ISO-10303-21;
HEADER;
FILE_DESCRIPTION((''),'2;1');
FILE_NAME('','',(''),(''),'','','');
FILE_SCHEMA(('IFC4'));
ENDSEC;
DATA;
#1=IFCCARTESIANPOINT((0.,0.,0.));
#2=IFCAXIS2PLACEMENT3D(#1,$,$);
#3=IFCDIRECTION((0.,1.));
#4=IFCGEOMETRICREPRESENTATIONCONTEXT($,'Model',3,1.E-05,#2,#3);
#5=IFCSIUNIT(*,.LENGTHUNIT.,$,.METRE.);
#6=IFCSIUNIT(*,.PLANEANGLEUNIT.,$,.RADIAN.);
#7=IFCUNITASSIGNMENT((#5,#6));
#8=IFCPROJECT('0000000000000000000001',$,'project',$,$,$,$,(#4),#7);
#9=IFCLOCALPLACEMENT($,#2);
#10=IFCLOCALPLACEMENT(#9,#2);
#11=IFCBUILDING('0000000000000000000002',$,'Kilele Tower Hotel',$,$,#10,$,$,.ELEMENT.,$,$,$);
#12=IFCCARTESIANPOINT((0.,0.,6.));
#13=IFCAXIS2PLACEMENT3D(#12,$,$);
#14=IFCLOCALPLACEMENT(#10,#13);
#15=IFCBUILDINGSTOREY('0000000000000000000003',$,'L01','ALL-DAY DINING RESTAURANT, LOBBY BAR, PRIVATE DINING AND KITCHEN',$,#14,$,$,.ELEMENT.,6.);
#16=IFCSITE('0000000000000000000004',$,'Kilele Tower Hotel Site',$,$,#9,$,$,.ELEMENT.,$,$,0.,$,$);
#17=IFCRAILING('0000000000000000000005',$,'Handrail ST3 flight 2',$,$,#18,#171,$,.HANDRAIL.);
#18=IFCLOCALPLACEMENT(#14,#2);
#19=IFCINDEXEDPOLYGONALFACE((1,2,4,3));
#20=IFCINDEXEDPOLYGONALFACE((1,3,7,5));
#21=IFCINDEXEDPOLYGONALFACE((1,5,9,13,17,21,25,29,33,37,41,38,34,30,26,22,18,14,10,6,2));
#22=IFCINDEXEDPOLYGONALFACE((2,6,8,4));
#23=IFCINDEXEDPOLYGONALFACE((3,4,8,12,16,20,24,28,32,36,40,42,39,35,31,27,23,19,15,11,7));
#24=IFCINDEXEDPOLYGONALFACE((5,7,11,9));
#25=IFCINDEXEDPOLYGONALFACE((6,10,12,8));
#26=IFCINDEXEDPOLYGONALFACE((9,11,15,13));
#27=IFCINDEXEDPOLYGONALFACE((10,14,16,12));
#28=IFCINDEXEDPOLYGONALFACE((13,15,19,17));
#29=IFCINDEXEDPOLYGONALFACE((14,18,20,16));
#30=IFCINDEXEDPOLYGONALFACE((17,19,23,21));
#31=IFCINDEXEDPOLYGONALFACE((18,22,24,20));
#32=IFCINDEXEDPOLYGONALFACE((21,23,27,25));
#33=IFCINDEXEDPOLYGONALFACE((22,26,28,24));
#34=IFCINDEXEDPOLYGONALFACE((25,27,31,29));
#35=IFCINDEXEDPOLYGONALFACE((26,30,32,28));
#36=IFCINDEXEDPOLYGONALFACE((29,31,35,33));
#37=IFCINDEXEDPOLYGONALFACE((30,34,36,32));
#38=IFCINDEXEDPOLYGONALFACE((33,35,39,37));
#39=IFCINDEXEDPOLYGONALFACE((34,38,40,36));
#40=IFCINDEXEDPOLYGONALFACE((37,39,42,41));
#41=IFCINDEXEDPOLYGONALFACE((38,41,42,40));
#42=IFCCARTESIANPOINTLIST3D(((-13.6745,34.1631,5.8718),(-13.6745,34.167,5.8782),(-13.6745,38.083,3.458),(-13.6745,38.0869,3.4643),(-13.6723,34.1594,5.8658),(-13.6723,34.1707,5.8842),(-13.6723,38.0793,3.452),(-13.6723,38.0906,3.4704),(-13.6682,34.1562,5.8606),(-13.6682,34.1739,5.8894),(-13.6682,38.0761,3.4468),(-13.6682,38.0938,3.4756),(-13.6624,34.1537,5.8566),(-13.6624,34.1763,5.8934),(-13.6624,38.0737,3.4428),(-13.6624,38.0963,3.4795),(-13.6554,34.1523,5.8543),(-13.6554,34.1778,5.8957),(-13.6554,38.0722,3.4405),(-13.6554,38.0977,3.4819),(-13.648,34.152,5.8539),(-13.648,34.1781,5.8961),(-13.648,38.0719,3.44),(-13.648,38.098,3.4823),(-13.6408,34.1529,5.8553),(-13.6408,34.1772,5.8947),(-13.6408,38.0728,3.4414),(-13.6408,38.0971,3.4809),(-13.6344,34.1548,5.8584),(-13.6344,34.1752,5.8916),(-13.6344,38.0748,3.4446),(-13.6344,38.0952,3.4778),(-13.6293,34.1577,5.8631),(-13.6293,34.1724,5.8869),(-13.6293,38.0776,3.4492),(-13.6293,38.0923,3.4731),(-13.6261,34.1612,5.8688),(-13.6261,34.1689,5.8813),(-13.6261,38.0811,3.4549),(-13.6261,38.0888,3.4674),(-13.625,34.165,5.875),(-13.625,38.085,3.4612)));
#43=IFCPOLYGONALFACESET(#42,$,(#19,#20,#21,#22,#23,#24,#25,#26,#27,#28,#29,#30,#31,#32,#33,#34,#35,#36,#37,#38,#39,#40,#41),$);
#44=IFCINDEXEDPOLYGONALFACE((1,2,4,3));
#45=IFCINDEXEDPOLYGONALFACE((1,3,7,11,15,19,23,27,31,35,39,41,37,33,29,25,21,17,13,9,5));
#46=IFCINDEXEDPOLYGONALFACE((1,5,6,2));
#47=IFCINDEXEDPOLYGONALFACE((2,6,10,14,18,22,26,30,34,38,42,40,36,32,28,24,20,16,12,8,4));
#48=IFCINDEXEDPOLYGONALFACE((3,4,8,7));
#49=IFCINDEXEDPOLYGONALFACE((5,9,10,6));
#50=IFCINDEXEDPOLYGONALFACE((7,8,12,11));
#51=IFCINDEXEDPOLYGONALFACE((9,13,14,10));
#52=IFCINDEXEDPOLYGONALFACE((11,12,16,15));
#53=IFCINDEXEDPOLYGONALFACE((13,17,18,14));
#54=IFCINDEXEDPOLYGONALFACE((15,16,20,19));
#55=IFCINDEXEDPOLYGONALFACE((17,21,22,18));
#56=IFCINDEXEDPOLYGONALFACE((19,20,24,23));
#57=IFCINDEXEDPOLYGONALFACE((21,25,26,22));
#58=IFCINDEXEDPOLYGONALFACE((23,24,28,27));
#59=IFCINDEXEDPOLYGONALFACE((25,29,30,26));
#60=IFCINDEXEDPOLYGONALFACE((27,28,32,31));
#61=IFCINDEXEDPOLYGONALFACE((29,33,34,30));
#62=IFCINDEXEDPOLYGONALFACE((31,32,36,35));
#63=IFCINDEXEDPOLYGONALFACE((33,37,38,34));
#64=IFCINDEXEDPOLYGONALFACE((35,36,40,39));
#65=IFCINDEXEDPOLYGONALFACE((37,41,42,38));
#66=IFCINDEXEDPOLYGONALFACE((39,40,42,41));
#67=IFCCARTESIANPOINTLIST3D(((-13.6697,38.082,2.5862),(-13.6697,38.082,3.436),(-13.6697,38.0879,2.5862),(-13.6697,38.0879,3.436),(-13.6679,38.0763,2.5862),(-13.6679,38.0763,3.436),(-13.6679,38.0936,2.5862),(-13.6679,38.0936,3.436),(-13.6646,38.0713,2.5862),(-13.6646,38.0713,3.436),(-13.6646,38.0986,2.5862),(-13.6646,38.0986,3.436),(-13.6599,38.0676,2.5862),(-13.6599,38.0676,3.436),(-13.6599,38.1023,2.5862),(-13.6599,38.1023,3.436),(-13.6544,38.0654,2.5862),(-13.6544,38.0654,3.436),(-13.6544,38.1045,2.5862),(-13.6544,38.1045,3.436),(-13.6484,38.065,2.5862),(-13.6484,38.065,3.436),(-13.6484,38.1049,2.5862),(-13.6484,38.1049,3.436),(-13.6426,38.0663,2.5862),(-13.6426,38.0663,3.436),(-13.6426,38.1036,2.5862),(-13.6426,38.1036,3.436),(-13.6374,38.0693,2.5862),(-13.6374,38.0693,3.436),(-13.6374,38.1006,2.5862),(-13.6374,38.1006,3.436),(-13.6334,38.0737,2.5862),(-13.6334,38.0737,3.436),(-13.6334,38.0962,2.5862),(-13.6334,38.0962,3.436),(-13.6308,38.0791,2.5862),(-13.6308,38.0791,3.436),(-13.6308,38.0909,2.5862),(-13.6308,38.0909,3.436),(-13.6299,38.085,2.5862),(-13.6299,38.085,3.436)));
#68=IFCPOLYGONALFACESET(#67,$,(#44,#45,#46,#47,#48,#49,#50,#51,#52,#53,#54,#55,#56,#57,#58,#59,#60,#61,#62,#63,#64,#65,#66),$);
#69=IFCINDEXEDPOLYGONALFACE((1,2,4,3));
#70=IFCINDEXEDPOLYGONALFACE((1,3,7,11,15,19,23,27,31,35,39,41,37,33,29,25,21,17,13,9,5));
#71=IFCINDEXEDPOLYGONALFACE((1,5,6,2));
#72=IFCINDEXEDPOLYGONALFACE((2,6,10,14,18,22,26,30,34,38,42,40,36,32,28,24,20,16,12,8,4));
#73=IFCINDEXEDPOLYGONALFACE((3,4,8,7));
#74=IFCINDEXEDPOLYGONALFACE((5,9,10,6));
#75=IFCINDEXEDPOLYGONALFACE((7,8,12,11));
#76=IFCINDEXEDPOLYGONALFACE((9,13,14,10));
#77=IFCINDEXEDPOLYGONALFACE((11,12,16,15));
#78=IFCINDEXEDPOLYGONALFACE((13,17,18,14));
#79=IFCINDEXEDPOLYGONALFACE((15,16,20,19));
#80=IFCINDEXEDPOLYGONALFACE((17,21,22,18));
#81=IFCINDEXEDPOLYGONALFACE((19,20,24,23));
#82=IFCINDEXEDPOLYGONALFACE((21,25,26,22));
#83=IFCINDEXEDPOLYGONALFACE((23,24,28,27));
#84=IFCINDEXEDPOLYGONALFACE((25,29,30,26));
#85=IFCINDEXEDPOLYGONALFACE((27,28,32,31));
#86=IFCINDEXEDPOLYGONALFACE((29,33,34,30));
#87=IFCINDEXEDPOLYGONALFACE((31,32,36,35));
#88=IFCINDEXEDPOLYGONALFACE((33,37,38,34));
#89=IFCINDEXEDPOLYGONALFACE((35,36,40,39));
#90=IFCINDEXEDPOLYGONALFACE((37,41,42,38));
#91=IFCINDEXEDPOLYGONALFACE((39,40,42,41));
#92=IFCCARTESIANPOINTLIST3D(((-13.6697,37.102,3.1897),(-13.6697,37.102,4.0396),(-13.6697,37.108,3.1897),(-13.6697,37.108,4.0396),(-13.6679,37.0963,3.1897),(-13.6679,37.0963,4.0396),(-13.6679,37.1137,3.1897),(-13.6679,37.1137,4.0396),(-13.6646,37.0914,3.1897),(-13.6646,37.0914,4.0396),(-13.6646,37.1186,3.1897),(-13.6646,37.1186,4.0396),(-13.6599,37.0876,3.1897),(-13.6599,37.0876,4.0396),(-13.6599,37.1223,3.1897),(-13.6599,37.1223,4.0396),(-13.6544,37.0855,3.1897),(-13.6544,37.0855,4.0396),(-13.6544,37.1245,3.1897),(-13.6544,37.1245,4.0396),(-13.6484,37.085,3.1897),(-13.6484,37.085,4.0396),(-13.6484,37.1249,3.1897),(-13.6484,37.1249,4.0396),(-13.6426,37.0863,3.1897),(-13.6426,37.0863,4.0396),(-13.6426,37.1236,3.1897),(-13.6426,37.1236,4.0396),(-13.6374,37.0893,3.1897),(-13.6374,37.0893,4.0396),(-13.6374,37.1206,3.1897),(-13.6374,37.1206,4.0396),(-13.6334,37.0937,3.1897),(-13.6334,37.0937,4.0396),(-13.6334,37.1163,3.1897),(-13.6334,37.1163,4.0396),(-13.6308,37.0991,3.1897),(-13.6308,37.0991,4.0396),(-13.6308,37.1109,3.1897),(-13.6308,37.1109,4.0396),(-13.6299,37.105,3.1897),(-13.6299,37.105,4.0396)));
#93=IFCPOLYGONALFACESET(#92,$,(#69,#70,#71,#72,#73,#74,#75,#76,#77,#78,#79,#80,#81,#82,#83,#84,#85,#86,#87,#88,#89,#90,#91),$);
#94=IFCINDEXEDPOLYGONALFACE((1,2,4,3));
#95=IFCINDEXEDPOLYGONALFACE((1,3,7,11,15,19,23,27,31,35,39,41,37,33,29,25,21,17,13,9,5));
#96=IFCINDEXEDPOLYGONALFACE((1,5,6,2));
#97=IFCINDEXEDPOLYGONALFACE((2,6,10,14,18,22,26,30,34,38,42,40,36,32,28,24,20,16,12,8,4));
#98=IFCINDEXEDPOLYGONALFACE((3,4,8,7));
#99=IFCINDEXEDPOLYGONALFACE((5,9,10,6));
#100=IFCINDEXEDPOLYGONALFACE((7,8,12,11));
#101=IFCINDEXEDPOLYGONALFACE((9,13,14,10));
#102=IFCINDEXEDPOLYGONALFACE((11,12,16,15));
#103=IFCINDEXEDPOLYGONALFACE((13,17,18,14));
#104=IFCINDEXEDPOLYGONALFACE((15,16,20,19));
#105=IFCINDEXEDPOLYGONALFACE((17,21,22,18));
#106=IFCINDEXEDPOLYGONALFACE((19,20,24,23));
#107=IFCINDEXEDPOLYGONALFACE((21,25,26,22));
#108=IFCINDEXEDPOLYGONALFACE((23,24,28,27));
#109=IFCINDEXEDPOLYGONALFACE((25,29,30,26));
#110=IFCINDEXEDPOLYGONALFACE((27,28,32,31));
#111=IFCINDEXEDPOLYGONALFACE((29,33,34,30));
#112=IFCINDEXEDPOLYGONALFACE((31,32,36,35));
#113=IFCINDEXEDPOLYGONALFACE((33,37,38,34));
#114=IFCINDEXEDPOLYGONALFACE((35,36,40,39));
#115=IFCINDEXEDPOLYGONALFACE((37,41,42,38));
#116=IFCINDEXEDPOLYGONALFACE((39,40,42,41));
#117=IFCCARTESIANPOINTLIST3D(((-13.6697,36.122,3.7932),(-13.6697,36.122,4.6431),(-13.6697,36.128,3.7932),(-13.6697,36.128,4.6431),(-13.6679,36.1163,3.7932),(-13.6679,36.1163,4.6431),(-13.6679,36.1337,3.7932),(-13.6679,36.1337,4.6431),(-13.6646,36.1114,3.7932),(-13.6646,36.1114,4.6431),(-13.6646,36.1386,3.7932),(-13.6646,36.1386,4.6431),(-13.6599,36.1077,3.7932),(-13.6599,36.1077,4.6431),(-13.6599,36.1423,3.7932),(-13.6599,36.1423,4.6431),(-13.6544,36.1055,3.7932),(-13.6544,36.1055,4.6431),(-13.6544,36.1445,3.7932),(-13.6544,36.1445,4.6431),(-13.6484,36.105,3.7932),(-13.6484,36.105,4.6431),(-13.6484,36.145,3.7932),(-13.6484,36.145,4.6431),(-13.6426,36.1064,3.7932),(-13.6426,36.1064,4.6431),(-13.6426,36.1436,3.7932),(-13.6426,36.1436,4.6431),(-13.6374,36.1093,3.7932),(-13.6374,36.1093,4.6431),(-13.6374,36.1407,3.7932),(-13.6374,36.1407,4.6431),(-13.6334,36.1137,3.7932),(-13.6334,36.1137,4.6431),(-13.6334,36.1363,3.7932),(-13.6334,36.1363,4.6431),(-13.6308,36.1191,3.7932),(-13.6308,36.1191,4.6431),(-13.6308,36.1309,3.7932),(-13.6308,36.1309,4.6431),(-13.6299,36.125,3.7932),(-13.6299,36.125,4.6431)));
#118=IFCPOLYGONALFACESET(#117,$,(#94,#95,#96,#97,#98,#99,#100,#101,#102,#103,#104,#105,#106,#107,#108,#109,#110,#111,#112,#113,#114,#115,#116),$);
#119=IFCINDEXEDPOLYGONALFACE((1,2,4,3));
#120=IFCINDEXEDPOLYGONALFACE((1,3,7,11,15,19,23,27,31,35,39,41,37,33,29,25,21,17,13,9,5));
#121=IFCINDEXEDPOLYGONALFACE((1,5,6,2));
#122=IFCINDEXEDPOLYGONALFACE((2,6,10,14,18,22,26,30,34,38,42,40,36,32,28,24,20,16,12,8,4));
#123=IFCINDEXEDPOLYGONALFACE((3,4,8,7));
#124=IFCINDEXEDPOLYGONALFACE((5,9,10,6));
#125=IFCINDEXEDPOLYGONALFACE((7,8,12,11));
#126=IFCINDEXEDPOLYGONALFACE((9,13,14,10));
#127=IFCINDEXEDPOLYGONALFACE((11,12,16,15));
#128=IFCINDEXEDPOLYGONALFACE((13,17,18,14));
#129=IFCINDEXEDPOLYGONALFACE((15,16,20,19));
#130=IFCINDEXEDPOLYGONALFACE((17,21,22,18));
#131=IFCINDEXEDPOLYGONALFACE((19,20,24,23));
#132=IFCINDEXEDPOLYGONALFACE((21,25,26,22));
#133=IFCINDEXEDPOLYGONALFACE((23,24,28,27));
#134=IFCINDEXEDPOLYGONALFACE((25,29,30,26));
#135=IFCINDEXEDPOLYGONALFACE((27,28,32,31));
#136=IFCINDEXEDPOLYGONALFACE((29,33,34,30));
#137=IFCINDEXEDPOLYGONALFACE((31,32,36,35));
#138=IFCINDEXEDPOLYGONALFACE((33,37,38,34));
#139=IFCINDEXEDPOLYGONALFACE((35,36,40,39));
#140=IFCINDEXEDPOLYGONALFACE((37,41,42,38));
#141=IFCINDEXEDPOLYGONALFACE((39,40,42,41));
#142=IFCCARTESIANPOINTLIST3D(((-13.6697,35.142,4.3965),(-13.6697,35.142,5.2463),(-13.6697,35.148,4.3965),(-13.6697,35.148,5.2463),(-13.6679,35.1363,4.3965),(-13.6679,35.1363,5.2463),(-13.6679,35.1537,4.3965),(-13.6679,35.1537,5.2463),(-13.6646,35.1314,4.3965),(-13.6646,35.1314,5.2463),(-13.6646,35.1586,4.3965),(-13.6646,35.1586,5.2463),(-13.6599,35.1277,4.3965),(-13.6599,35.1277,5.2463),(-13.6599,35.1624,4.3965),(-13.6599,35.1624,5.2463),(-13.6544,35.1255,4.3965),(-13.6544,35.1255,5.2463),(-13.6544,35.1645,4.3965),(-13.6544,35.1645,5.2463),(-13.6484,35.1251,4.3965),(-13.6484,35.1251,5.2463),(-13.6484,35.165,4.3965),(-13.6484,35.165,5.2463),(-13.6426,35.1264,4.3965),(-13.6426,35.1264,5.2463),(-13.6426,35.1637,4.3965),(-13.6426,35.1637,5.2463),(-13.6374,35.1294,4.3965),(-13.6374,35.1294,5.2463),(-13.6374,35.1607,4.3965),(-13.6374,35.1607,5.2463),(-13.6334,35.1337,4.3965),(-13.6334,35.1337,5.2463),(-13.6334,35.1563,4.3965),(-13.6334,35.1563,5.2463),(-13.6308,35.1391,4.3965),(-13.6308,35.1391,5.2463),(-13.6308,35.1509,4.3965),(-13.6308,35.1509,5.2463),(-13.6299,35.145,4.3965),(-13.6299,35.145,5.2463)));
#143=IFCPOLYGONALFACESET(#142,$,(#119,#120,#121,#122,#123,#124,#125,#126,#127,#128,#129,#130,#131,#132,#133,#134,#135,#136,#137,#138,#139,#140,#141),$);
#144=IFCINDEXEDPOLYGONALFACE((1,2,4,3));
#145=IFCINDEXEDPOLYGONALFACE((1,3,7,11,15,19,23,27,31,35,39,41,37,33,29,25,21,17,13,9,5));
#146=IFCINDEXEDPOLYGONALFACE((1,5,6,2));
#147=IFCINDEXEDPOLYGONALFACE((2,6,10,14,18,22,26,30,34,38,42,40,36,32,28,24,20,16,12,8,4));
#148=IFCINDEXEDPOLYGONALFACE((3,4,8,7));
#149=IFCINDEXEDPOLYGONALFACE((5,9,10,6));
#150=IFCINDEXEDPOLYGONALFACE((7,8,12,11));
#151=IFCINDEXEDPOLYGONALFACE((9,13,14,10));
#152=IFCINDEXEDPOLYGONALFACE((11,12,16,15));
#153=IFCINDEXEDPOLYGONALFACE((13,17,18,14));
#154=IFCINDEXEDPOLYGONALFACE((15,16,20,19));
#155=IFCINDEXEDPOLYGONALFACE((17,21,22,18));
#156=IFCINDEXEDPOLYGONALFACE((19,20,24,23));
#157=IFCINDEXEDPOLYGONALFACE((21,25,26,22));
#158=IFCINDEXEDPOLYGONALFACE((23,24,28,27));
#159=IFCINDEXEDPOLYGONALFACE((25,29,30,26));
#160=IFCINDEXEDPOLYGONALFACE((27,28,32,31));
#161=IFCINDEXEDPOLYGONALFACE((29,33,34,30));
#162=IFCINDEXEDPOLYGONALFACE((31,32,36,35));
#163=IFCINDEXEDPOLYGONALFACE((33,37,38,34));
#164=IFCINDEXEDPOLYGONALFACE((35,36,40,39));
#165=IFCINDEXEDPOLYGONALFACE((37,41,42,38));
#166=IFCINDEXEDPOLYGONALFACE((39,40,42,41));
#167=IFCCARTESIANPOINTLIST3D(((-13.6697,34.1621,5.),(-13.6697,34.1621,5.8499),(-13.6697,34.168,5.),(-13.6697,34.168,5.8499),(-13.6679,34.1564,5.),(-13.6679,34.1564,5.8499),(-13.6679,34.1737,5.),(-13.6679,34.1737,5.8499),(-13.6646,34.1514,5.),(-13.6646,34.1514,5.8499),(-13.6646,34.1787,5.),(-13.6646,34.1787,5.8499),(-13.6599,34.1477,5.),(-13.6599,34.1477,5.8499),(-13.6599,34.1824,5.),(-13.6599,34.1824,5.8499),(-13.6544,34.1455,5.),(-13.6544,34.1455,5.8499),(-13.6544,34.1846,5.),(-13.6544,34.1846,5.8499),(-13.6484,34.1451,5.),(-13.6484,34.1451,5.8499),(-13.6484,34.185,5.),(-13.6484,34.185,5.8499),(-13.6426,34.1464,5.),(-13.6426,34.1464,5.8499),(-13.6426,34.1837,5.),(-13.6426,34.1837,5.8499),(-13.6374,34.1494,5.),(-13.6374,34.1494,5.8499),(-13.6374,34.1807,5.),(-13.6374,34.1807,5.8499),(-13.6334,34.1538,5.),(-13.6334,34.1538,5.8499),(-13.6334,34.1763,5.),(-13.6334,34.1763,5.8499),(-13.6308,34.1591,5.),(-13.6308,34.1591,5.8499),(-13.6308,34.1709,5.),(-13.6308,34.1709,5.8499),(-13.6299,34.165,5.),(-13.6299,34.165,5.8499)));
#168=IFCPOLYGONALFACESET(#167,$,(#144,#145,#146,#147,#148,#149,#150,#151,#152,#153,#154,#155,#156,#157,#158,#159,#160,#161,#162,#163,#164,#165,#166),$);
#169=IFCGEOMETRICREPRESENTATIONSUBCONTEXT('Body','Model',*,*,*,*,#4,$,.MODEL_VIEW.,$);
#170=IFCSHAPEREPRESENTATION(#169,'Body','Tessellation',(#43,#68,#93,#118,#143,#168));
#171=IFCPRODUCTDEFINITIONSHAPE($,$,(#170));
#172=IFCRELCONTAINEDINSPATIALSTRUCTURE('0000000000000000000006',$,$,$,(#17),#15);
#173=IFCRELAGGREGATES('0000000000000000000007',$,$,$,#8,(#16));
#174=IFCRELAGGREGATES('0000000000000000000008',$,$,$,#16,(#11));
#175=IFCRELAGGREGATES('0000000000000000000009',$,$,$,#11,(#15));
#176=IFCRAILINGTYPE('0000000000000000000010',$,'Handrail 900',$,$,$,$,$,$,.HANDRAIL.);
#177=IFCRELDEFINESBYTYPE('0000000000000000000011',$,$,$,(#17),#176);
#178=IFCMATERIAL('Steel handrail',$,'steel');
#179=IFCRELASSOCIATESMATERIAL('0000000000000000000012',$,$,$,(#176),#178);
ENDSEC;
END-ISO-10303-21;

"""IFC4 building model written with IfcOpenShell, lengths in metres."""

from ifc_helpers import new_model, si_unit, direction, frame, origin, origin_2d, place, context, subcontext, project, spatial, circle, extrude, material, type_object, element, save


model = new_model("IFC4")

# Units and contexts
model_context = context("Model", 3, precision=1e-05, world=origin(), true_north=direction((0.0, 1.0)))
body_context = subcontext(model_context, "Body", "Model", "MODEL_VIEW")
ifc_project = project(units=[si_unit("LENGTHUNIT", "METRE"), si_unit("PLANEANGLEUNIT", "RADIAN")], contexts=[model_context])

# Site, building, storey
site_placement = place(None, origin())
site = spatial("IfcSite", under=ifc_project, at=site_placement, Name="Kilele Tower Hotel Site", CompositionType="ELEMENT", RefElevation=0.0)
building_placement = place(site_placement, origin())
building = spatial("IfcBuilding", under=site, at=building_placement, Name="Kilele Tower Hotel", CompositionType="ELEMENT")
storey_placement = place(building_placement, frame((0.0, 0.0, 6.0)))
storey = spatial("IfcBuildingStorey", under=building, at=storey_placement, Name="L01", Description="ALL-DAY DINING RESTAURANT, LOBBY BAR, PRIVATE DINING AND KITCHEN", CompositionType="ELEMENT", Elevation=6.0)

# Railing
ifc_material_1 = material(Name="Steel handrail", Category="steel")
railing_type_1 = type_object("IfcRailingType", Name="Handrail 900", PredefinedType="HANDRAIL", material=ifc_material_1)
for number, where, name in (
    (1, (-13.6499, 38.085, 2.5862), "Handrail ST3 flight 2"),
):
    element("IfcRailing", number, at=place(storey_placement, frame(where)), inside=storey, type_object=railing_type_1, Name=name, PredefinedType="HANDRAIL", context=body_context, shape_type="SweptSolid", body=[
        extrude(circle(Radius=0.0249, at=origin_2d()), frame((0.0, 0.0, 0.875), z_axis=(0.0, -0.851507, 0.524343), x_axis=(1.0, 0.0, 0.0)), (0.0, 0.0, 1.0), 4.6035),
        extrude(circle(Radius=0.02, at=origin_2d()), origin(), (0.0, 0.0, 1.0), 0.8499),
        extrude(circle(Radius=0.02, at=origin_2d()), frame((0.0, -0.98, 0.6035)), (0.0, 0.0, 1.0), 0.8499),
        extrude(circle(Radius=0.02, at=origin_2d()), frame((0.0, -1.96, 1.207)), (0.0, 0.0, 1.0), 0.8499),
        extrude(circle(Radius=0.02, at=origin_2d()), frame((0.0, -2.9399, 1.8103)), (0.0, 0.0, 1.0), 0.8499),
        extrude(circle(Radius=0.02, at=origin_2d()), frame((0.0, -3.9199, 2.4138)), (0.0, 0.0, 1.0), 0.8499),
    ])

save(model, "model.ifc")
